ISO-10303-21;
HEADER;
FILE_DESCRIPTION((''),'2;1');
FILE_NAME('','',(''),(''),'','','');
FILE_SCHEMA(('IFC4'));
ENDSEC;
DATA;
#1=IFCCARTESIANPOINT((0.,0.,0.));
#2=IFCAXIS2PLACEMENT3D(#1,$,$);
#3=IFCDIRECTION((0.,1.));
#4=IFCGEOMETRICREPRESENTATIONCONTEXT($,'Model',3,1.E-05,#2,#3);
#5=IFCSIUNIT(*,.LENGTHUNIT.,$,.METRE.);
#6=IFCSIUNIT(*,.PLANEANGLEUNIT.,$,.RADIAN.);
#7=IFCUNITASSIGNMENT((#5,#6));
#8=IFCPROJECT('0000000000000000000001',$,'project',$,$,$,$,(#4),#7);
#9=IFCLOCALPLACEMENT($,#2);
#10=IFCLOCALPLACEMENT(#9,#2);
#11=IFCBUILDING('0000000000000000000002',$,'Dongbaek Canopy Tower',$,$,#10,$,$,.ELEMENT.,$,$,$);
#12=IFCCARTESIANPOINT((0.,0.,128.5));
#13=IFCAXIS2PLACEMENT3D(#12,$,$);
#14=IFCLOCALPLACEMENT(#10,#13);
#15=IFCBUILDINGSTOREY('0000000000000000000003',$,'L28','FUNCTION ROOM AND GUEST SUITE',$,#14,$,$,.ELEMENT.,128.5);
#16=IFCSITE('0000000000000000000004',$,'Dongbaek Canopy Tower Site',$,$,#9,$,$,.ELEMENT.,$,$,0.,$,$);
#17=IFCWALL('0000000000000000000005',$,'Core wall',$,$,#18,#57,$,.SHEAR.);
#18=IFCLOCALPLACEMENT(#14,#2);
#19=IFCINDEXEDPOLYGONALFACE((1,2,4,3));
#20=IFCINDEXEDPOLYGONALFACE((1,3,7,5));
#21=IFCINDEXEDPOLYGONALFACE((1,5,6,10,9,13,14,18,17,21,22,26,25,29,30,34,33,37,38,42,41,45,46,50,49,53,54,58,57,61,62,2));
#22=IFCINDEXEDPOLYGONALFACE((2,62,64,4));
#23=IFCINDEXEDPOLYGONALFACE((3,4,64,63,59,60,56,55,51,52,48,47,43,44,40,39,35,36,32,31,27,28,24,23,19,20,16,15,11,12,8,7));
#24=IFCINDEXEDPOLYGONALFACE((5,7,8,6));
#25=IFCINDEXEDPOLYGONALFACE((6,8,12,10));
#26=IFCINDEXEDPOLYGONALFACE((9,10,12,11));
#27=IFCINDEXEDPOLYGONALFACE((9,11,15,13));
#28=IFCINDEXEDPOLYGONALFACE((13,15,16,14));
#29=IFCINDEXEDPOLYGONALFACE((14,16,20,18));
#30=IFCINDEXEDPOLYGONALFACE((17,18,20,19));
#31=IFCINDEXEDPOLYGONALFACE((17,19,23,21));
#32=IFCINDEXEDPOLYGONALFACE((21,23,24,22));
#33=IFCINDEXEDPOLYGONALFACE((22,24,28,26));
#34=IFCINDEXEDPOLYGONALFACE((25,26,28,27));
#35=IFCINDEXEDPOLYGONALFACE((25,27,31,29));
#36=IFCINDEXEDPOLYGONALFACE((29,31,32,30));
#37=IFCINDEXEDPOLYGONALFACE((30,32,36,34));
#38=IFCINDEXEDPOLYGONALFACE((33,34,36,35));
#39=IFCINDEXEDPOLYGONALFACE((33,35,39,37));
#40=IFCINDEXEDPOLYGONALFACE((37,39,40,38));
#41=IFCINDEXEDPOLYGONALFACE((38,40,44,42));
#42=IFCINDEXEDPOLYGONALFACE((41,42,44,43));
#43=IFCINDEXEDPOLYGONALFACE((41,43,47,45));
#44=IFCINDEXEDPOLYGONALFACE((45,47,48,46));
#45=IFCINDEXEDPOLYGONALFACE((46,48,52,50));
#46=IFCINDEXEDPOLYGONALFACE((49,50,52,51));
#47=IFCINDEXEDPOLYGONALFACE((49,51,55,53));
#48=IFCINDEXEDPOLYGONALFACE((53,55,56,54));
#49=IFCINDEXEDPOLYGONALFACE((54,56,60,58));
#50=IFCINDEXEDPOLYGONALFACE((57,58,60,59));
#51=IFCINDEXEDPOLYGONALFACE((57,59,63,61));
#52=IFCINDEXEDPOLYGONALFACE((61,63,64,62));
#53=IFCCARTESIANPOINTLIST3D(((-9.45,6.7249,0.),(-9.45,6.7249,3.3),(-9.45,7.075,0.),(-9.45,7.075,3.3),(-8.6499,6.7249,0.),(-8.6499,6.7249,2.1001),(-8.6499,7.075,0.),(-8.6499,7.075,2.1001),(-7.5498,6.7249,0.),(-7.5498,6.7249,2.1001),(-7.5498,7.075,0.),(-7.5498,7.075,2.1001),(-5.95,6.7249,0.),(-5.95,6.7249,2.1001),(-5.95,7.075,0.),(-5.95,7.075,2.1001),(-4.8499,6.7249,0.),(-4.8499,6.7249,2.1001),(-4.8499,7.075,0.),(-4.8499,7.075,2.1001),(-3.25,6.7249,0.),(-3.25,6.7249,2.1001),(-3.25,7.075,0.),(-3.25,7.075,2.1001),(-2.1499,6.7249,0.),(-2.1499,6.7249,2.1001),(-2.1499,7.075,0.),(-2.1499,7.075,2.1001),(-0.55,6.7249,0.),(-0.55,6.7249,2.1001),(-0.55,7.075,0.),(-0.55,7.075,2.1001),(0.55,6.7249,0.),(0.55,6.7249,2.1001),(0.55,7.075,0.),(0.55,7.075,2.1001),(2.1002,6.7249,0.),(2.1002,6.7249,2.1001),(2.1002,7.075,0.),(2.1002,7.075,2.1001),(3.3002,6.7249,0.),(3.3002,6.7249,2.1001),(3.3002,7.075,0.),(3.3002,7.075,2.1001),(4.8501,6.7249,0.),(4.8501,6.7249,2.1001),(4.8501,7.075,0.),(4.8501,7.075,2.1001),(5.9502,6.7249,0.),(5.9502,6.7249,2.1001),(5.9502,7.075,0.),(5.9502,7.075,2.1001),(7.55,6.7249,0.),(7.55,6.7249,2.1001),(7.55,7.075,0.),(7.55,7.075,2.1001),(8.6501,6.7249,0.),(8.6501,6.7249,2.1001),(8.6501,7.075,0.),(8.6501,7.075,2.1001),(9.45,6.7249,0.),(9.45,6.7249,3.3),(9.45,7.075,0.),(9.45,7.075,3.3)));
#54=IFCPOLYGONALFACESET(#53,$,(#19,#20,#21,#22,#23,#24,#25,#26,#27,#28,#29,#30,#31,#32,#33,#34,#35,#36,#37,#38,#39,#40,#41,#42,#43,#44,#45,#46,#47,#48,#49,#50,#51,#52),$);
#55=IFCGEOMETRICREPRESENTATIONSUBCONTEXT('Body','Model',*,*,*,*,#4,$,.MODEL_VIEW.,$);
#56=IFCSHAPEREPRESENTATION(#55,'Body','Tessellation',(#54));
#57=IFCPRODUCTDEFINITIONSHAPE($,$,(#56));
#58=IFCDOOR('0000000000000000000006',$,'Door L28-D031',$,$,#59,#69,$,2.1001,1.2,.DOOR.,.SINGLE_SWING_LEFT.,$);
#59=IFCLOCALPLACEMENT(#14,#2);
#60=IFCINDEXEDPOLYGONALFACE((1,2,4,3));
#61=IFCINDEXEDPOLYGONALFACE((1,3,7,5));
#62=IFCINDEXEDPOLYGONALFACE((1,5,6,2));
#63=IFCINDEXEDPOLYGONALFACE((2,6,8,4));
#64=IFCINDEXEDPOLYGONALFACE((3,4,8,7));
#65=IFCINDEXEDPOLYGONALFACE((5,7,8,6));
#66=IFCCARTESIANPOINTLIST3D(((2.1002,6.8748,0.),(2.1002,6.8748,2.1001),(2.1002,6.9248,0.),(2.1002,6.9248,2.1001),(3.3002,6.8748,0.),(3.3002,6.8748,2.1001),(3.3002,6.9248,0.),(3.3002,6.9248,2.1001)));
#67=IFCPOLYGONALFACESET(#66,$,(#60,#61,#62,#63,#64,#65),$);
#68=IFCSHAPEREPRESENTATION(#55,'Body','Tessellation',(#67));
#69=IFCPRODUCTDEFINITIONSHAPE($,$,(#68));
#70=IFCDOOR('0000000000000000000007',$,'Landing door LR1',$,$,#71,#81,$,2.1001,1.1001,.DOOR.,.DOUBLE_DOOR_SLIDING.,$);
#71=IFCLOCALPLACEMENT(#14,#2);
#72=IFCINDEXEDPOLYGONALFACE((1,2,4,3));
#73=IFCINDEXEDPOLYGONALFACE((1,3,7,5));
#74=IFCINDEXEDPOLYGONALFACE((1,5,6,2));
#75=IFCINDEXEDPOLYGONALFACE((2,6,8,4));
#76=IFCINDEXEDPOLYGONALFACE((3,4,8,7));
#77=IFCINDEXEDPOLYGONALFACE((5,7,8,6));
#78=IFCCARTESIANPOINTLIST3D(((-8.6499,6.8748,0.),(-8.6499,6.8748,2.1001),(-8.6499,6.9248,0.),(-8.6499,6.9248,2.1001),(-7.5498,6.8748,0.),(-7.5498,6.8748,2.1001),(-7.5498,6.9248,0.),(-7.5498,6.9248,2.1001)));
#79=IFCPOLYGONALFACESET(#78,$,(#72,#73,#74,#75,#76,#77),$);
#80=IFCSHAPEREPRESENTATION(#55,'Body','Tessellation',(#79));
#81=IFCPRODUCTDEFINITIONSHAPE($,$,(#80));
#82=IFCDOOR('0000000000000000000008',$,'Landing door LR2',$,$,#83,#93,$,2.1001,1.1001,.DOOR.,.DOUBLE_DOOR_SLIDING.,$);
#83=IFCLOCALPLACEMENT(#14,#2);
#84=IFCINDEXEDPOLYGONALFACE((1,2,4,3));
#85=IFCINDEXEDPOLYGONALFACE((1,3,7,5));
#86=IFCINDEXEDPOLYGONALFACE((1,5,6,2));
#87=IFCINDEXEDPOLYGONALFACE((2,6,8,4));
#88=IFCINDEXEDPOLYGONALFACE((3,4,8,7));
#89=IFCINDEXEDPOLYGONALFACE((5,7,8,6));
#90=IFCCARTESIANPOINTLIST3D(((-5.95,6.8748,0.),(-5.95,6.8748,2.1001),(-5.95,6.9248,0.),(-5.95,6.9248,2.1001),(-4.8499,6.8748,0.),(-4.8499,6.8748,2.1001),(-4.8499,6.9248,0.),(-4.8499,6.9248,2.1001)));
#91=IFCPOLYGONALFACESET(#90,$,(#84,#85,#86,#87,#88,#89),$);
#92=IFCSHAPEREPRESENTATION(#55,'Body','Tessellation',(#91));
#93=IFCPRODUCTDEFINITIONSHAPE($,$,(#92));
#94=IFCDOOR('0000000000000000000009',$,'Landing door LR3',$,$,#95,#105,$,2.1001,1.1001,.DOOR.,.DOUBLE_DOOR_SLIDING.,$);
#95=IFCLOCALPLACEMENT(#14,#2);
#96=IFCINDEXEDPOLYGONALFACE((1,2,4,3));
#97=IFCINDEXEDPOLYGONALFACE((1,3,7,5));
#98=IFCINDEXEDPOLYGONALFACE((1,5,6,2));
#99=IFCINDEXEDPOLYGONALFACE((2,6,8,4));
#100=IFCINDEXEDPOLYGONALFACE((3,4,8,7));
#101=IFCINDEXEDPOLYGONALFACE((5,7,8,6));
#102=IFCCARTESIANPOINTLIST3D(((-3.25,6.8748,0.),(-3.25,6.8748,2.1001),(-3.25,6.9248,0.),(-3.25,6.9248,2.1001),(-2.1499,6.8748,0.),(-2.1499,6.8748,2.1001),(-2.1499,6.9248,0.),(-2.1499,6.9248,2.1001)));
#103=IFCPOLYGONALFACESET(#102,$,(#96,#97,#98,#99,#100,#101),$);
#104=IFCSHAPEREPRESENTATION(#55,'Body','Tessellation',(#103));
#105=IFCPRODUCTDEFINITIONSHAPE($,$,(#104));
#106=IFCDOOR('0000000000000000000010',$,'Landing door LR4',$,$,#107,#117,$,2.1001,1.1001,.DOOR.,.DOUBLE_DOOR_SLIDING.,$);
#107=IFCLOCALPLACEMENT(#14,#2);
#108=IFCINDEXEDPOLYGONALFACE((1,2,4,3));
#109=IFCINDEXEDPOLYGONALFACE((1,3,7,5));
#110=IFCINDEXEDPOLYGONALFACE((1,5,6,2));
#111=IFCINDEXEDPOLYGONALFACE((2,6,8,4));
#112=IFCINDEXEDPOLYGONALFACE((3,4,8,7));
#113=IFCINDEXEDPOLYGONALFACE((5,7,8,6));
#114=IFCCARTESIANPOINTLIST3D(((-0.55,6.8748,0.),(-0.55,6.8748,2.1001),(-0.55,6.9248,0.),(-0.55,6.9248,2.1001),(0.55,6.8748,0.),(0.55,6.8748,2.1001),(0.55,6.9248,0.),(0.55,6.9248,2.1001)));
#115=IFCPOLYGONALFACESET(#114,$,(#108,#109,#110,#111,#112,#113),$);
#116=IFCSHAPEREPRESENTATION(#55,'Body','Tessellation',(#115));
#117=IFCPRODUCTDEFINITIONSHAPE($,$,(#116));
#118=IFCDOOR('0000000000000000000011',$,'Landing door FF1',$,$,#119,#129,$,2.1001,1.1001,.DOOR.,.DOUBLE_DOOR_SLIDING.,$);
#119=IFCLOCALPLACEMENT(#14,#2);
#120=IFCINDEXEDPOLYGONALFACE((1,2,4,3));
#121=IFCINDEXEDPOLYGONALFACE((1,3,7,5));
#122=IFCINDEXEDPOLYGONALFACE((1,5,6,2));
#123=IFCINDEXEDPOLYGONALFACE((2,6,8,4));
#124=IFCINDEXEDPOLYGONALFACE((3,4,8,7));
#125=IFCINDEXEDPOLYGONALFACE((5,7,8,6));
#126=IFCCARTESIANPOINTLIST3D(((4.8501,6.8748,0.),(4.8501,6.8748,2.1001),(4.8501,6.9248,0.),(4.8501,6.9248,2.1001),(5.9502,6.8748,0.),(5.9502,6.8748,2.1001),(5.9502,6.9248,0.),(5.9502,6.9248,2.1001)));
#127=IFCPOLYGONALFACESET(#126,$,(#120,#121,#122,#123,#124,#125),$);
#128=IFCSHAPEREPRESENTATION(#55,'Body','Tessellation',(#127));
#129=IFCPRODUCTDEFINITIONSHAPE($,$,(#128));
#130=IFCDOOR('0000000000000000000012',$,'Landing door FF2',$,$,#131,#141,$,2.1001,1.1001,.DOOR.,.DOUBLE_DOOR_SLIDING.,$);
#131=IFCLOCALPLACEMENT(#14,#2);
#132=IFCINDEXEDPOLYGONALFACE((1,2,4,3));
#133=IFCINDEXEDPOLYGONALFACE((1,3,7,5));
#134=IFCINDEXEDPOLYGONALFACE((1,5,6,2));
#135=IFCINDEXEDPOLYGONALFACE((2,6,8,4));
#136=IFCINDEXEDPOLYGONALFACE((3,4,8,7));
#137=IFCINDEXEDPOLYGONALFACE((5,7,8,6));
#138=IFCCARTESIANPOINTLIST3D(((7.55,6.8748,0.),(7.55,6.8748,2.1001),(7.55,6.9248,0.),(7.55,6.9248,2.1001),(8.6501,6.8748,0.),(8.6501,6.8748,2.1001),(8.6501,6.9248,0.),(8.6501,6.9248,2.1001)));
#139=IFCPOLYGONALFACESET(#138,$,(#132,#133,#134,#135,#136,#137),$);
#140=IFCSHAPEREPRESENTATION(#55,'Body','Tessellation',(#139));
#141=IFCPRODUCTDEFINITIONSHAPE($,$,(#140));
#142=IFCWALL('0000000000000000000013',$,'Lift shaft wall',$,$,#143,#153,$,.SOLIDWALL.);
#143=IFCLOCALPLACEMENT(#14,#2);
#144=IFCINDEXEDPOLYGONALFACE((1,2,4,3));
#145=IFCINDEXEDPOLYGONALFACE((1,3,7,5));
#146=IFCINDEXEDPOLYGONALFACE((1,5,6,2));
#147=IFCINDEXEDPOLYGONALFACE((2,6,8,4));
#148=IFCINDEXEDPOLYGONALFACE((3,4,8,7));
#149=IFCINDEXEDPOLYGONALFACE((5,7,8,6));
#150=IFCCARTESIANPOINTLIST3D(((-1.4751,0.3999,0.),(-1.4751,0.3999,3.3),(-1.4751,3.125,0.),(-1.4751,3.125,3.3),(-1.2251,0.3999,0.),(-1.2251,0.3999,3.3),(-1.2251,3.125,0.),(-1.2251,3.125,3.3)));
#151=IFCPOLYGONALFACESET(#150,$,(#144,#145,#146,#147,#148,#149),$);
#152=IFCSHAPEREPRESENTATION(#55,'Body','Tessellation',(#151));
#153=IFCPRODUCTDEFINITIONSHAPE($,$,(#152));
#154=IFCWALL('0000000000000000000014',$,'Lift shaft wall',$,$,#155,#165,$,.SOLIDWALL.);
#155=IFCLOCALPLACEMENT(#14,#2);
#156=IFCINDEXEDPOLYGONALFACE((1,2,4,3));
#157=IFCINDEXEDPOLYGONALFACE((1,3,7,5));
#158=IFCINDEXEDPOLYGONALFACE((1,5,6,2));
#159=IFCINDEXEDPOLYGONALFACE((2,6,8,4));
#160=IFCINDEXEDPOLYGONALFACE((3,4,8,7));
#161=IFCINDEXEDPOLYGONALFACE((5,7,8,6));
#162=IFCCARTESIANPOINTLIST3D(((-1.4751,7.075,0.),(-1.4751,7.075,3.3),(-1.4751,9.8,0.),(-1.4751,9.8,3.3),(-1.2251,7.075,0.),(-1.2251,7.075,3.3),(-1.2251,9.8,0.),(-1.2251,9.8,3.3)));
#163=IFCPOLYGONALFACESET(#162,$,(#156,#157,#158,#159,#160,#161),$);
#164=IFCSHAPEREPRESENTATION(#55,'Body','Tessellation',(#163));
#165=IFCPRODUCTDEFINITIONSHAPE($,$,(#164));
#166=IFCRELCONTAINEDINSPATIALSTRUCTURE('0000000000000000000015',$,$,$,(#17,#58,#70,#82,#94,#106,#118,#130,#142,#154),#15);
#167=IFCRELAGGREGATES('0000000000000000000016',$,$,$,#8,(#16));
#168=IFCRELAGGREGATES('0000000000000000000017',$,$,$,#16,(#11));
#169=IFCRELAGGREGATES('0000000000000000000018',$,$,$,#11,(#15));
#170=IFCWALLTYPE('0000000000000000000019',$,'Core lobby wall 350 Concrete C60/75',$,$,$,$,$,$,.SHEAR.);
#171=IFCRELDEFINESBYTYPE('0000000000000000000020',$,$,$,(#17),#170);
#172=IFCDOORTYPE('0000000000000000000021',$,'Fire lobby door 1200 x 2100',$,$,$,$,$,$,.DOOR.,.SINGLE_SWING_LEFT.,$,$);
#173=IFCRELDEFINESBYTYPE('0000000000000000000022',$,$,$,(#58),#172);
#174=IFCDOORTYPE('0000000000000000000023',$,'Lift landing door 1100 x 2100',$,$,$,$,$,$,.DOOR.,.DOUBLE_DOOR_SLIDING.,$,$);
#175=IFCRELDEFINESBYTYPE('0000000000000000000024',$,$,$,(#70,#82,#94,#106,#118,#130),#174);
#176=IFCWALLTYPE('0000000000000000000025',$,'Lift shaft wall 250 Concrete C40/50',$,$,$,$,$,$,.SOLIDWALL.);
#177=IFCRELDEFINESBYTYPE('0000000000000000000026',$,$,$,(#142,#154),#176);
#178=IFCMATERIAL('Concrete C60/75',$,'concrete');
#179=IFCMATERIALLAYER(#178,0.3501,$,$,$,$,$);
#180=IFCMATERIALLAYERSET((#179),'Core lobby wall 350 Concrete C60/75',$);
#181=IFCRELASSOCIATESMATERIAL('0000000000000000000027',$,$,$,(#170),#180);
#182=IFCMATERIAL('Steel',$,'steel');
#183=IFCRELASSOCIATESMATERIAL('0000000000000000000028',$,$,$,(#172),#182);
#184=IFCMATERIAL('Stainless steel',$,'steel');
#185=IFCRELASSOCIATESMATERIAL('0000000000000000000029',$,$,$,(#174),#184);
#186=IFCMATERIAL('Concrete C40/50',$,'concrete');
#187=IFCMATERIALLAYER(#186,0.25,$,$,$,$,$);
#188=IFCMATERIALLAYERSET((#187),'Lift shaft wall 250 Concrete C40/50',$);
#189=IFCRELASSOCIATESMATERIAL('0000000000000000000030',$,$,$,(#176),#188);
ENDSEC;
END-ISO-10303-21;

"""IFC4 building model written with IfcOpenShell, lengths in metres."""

from ifc_helpers import new_model, si_unit, direction, frame, frame_2d, origin, place, context, subcontext, project, spatial, rectangle, extrude, material, layer, layer_set, type_object, element, fill, save


model = new_model("IFC4")

# Units and contexts
model_context = context("Model", 3, precision=1e-05, world=origin(), true_north=direction((0.0, 1.0)))
body_context = subcontext(model_context, "Body", "Model", "MODEL_VIEW")
ifc_project = project(units=[si_unit("LENGTHUNIT", "METRE"), si_unit("PLANEANGLEUNIT", "RADIAN")], contexts=[model_context])

# Site, building, storey
site_placement = place(None, origin())
site = spatial("IfcSite", under=ifc_project, at=site_placement, Name="Dongbaek Canopy Tower Site", CompositionType="ELEMENT", RefElevation=0.0)
building_placement = place(site_placement, origin())
building = spatial("IfcBuilding", under=site, at=building_placement, Name="Dongbaek Canopy Tower", CompositionType="ELEMENT")
storey_placement = place(building_placement, frame((0.0, 0.0, 128.5)))
storey = spatial("IfcBuildingStorey", under=building, at=storey_placement, Name="L28", Description="FUNCTION ROOM AND GUEST SUITE", CompositionType="ELEMENT", Elevation=128.5)

# Wall, openings, doors
ifc_material_1 = material(Name="Concrete C60/75", Category="concrete")
ifc_layer_1 = layer(ifc_material_1, 0.3501)
ifc_layer_set_1 = layer_set([ifc_layer_1], Name="Core lobby wall 350 Concrete C60/75")
wall_type_1 = type_object("IfcWallType", Name="Core lobby wall 350 Concrete C60/75", PredefinedType="SHEAR", material=ifc_layer_set_1)
wall_placement = place(storey_placement, frame((-9.45, 6.8999, 0.0), z_axis=(0.0, 0.0, 1.0), x_axis=(1.0, 0.0, 0.0)))
wall = element("IfcWall", 1, at=wall_placement, inside=storey, type_object=wall_type_1, Name="Core wall", PredefinedType="SHEAR", context=body_context, shape_type="SweptSolid", body=[
    extrude(rectangle(XDim=18.8999, YDim=0.3501, at=frame_2d((9.45, 0.0))), origin(), (0.0, 0.0, 1.0), 3.3),
])
opening_1_placement = place(wall_placement, frame((0.8, 0.0, 0.0)))
opening_1 = element("IfcOpeningElement", 2, at=opening_1_placement, cuts=wall, PredefinedType="OPENING", context=body_context, shape_type="SweptSolid", body=[
    extrude(rectangle(XDim=1.1001, YDim=2.1001, at=frame_2d((0.55, 1.05))), frame((0.0, 0.1851, 0.0), z_axis=(0.0, -1.0, 0.0), x_axis=(1.0, 0.0, 0.0)), (0.0, 0.0, 1.0), 0.3701),
])
opening_2_placement = place(wall_placement, frame((3.5, 0.0, 0.0)))
opening_2 = element("IfcOpeningElement", 3, at=opening_2_placement, cuts=wall, PredefinedType="OPENING", context=body_context, shape_type="SweptSolid", body=[
    extrude(rectangle(XDim=1.1001, YDim=2.1001, at=frame_2d((0.55, 1.05))), frame((0.0, 0.1851, 0.0), z_axis=(0.0, -1.0, 0.0), x_axis=(1.0, 0.0, 0.0)), (0.0, 0.0, 1.0), 0.3701),
])
opening_3_placement = place(wall_placement, frame((6.2, 0.0, 0.0)))
opening_3 = element("IfcOpeningElement", 4, at=opening_3_placement, cuts=wall, PredefinedType="OPENING", context=body_context, shape_type="SweptSolid", body=[
    extrude(rectangle(XDim=1.1001, YDim=2.1001, at=frame_2d((0.55, 1.05))), frame((0.0, 0.1851, 0.0), z_axis=(0.0, -1.0, 0.0), x_axis=(1.0, 0.0, 0.0)), (0.0, 0.0, 1.0), 0.3701),
])
opening_4_placement = place(wall_placement, frame((8.8999, 0.0, 0.0)))
opening_4 = element("IfcOpeningElement", 5, at=opening_4_placement, cuts=wall, PredefinedType="OPENING", context=body_context, shape_type="SweptSolid", body=[
    extrude(rectangle(XDim=1.1001, YDim=2.1001, at=frame_2d((0.55, 1.05))), frame((0.0, 0.1851, 0.0), z_axis=(0.0, -1.0, 0.0), x_axis=(1.0, 0.0, 0.0)), (0.0, 0.0, 1.0), 0.3701),
])
opening_5_placement = place(wall_placement, frame((11.55, 0.0, 0.0)))
opening_5 = element("IfcOpeningElement", 6, at=opening_5_placement, cuts=wall, PredefinedType="OPENING", context=body_context, shape_type="SweptSolid", body=[
    extrude(rectangle(XDim=1.2, YDim=2.1001, at=frame_2d((0.6001, 1.05))), frame((0.0, 0.1851, 0.0), z_axis=(0.0, -1.0, 0.0), x_axis=(1.0, 0.0, 0.0)), (0.0, 0.0, 1.0), 0.3701),
])
opening_6_placement = place(wall_placement, frame((14.3, 0.0, 0.0)))
opening_6 = element("IfcOpeningElement", 7, at=opening_6_placement, cuts=wall, PredefinedType="OPENING", context=body_context, shape_type="SweptSolid", body=[
    extrude(rectangle(XDim=1.1001, YDim=2.1001, at=frame_2d((0.55, 1.05))), frame((0.0, 0.1851, 0.0), z_axis=(0.0, -1.0, 0.0), x_axis=(1.0, 0.0, 0.0)), (0.0, 0.0, 1.0), 0.3701),
])
opening_7_placement = place(wall_placement, frame((17.0, 0.0, 0.0)))
opening_7 = element("IfcOpeningElement", 8, at=opening_7_placement, cuts=wall, PredefinedType="OPENING", context=body_context, shape_type="SweptSolid", body=[
    extrude(rectangle(XDim=1.1001, YDim=2.1001, at=frame_2d((0.55, 1.05))), frame((0.0, 0.1851, 0.0), z_axis=(0.0, -1.0, 0.0), x_axis=(1.0, 0.0, 0.0)), (0.0, 0.0, 1.0), 0.3701),
])
ifc_material_2 = material(Name="Steel", Category="steel")
door_type_1 = type_object("IfcDoorType", Name="Fire lobby door 1200 x 2100", OperationType="SINGLE_SWING_LEFT", PredefinedType="DOOR", material=ifc_material_2)
door_1_placement = place(opening_5_placement, origin())
door_1 = element("IfcDoor", 9, at=door_1_placement, inside=storey, type_object=door_type_1, Name="Door L28-D031", OperationType="SINGLE_SWING_LEFT", OverallHeight=2.1001, OverallWidth=1.2, PredefinedType="DOOR", context=body_context, shape_type="SweptSolid", body=[
    extrude(rectangle(XDim=1.2, YDim=2.1001, at=frame_2d((0.6001, 1.05))), frame((0.0, 0.0249, 0.0), z_axis=(0.0, -1.0, 0.0), x_axis=(1.0, 0.0, 0.0)), (0.0, 0.0, 1.0), 0.05),
])
fill(opening_5, door_1)
ifc_material_3 = material(Name="Stainless steel", Category="steel")
door_type_2 = type_object("IfcDoorType", Name="Lift landing door 1100 x 2100", OperationType="DOUBLE_DOOR_SLIDING", PredefinedType="DOOR", material=ifc_material_3)
door_2_placement = place(opening_1_placement, origin())
door_2 = element("IfcDoor", 10, at=door_2_placement, inside=storey, type_object=door_type_2, Name="Landing door LR1", OperationType="DOUBLE_DOOR_SLIDING", OverallHeight=2.1001, OverallWidth=1.1001, PredefinedType="DOOR", context=body_context, shape_type="SweptSolid", body=[
    extrude(rectangle(XDim=1.1001, YDim=2.1001, at=frame_2d((0.55, 1.05))), frame((0.0, 0.0249, 0.0), z_axis=(0.0, -1.0, 0.0), x_axis=(1.0, 0.0, 0.0)), (0.0, 0.0, 1.0), 0.05),
])
fill(opening_1, door_2)
door_3_placement = place(opening_2_placement, origin())
door_3 = element("IfcDoor", 11, at=door_3_placement, inside=storey, type_object=door_type_2, Name="Landing door LR2", OperationType="DOUBLE_DOOR_SLIDING", OverallHeight=2.1001, OverallWidth=1.1001, PredefinedType="DOOR", context=body_context, shape_type="SweptSolid", body=[
    extrude(rectangle(XDim=1.1001, YDim=2.1001, at=frame_2d((0.55, 1.05))), frame((0.0, 0.0249, 0.0), z_axis=(0.0, -1.0, 0.0), x_axis=(1.0, 0.0, 0.0)), (0.0, 0.0, 1.0), 0.05),
])
fill(opening_2, door_3)
door_4_placement = place(opening_3_placement, origin())
door_4 = element("IfcDoor", 12, at=door_4_placement, inside=storey, type_object=door_type_2, Name="Landing door LR3", OperationType="DOUBLE_DOOR_SLIDING", OverallHeight=2.1001, OverallWidth=1.1001, PredefinedType="DOOR", context=body_context, shape_type="SweptSolid", body=[
    extrude(rectangle(XDim=1.1001, YDim=2.1001, at=frame_2d((0.55, 1.05))), frame((0.0, 0.0249, 0.0), z_axis=(0.0, -1.0, 0.0), x_axis=(1.0, 0.0, 0.0)), (0.0, 0.0, 1.0), 0.05),
])
fill(opening_3, door_4)
door_5_placement = place(opening_4_placement, origin())
door_5 = element("IfcDoor", 13, at=door_5_placement, inside=storey, type_object=door_type_2, Name="Landing door LR4", OperationType="DOUBLE_DOOR_SLIDING", OverallHeight=2.1001, OverallWidth=1.1001, PredefinedType="DOOR", context=body_context, shape_type="SweptSolid", body=[
    extrude(rectangle(XDim=1.1001, YDim=2.1001, at=frame_2d((0.55, 1.05))), frame((0.0, 0.0249, 0.0), z_axis=(0.0, -1.0, 0.0), x_axis=(1.0, 0.0, 0.0)), (0.0, 0.0, 1.0), 0.05),
])
fill(opening_4, door_5)
door_6_placement = place(opening_6_placement, origin())
door_6 = element("IfcDoor", 14, at=door_6_placement, inside=storey, type_object=door_type_2, Name="Landing door FF1", OperationType="DOUBLE_DOOR_SLIDING", OverallHeight=2.1001, OverallWidth=1.1001, PredefinedType="DOOR", context=body_context, shape_type="SweptSolid", body=[
    extrude(rectangle(XDim=1.1001, YDim=2.1001, at=frame_2d((0.55, 1.05))), frame((0.0, 0.0249, 0.0), z_axis=(0.0, -1.0, 0.0), x_axis=(1.0, 0.0, 0.0)), (0.0, 0.0, 1.0), 0.05),
])
fill(opening_6, door_6)
door_7_placement = place(opening_7_placement, origin())
door_7 = element("IfcDoor", 15, at=door_7_placement, inside=storey, type_object=door_type_2, Name="Landing door FF2", OperationType="DOUBLE_DOOR_SLIDING", OverallHeight=2.1001, OverallWidth=1.1001, PredefinedType="DOOR", context=body_context, shape_type="SweptSolid", body=[
    extrude(rectangle(XDim=1.1001, YDim=2.1001, at=frame_2d((0.55, 1.05))), frame((0.0, 0.0249, 0.0), z_axis=(0.0, -1.0, 0.0), x_axis=(1.0, 0.0, 0.0)), (0.0, 0.0, 1.0), 0.05),
])
fill(opening_7, door_7)

# Walls
ifc_material_4 = material(Name="Concrete C40/50", Category="concrete")
ifc_layer_2 = layer(ifc_material_4, 0.25)
ifc_layer_set_2 = layer_set([ifc_layer_2], Name="Lift shaft wall 250 Concrete C40/50")
wall_type_2 = type_object("IfcWallType", Name="Lift shaft wall 250 Concrete C40/50", PredefinedType="SOLIDWALL", material=ifc_layer_set_2)
for number, where, z_axis, x_axis, name in (
    (16, (-1.3501, 0.3999, 0.0), (0.0, 0.0, 1.0), (0.0, 1.0, 0.0), "Lift shaft wall"),
    (17, (-1.3501, 7.075, 0.0), (0.0, 0.0, 1.0), (0.0, 1.0, 0.0), "Lift shaft wall"),
):
    element("IfcWall", number, at=place(storey_placement, frame(where, z_axis=z_axis, x_axis=x_axis)), inside=storey, type_object=wall_type_2, Name=name, PredefinedType="SOLIDWALL", context=body_context, shape_type="SweptSolid", body=[
        extrude(rectangle(XDim=2.7251, YDim=0.25, at=frame_2d((1.3625, 0.0))), origin(), (0.0, 0.0, 1.0), 3.3),
    ])

save(model, "model.ifc")
